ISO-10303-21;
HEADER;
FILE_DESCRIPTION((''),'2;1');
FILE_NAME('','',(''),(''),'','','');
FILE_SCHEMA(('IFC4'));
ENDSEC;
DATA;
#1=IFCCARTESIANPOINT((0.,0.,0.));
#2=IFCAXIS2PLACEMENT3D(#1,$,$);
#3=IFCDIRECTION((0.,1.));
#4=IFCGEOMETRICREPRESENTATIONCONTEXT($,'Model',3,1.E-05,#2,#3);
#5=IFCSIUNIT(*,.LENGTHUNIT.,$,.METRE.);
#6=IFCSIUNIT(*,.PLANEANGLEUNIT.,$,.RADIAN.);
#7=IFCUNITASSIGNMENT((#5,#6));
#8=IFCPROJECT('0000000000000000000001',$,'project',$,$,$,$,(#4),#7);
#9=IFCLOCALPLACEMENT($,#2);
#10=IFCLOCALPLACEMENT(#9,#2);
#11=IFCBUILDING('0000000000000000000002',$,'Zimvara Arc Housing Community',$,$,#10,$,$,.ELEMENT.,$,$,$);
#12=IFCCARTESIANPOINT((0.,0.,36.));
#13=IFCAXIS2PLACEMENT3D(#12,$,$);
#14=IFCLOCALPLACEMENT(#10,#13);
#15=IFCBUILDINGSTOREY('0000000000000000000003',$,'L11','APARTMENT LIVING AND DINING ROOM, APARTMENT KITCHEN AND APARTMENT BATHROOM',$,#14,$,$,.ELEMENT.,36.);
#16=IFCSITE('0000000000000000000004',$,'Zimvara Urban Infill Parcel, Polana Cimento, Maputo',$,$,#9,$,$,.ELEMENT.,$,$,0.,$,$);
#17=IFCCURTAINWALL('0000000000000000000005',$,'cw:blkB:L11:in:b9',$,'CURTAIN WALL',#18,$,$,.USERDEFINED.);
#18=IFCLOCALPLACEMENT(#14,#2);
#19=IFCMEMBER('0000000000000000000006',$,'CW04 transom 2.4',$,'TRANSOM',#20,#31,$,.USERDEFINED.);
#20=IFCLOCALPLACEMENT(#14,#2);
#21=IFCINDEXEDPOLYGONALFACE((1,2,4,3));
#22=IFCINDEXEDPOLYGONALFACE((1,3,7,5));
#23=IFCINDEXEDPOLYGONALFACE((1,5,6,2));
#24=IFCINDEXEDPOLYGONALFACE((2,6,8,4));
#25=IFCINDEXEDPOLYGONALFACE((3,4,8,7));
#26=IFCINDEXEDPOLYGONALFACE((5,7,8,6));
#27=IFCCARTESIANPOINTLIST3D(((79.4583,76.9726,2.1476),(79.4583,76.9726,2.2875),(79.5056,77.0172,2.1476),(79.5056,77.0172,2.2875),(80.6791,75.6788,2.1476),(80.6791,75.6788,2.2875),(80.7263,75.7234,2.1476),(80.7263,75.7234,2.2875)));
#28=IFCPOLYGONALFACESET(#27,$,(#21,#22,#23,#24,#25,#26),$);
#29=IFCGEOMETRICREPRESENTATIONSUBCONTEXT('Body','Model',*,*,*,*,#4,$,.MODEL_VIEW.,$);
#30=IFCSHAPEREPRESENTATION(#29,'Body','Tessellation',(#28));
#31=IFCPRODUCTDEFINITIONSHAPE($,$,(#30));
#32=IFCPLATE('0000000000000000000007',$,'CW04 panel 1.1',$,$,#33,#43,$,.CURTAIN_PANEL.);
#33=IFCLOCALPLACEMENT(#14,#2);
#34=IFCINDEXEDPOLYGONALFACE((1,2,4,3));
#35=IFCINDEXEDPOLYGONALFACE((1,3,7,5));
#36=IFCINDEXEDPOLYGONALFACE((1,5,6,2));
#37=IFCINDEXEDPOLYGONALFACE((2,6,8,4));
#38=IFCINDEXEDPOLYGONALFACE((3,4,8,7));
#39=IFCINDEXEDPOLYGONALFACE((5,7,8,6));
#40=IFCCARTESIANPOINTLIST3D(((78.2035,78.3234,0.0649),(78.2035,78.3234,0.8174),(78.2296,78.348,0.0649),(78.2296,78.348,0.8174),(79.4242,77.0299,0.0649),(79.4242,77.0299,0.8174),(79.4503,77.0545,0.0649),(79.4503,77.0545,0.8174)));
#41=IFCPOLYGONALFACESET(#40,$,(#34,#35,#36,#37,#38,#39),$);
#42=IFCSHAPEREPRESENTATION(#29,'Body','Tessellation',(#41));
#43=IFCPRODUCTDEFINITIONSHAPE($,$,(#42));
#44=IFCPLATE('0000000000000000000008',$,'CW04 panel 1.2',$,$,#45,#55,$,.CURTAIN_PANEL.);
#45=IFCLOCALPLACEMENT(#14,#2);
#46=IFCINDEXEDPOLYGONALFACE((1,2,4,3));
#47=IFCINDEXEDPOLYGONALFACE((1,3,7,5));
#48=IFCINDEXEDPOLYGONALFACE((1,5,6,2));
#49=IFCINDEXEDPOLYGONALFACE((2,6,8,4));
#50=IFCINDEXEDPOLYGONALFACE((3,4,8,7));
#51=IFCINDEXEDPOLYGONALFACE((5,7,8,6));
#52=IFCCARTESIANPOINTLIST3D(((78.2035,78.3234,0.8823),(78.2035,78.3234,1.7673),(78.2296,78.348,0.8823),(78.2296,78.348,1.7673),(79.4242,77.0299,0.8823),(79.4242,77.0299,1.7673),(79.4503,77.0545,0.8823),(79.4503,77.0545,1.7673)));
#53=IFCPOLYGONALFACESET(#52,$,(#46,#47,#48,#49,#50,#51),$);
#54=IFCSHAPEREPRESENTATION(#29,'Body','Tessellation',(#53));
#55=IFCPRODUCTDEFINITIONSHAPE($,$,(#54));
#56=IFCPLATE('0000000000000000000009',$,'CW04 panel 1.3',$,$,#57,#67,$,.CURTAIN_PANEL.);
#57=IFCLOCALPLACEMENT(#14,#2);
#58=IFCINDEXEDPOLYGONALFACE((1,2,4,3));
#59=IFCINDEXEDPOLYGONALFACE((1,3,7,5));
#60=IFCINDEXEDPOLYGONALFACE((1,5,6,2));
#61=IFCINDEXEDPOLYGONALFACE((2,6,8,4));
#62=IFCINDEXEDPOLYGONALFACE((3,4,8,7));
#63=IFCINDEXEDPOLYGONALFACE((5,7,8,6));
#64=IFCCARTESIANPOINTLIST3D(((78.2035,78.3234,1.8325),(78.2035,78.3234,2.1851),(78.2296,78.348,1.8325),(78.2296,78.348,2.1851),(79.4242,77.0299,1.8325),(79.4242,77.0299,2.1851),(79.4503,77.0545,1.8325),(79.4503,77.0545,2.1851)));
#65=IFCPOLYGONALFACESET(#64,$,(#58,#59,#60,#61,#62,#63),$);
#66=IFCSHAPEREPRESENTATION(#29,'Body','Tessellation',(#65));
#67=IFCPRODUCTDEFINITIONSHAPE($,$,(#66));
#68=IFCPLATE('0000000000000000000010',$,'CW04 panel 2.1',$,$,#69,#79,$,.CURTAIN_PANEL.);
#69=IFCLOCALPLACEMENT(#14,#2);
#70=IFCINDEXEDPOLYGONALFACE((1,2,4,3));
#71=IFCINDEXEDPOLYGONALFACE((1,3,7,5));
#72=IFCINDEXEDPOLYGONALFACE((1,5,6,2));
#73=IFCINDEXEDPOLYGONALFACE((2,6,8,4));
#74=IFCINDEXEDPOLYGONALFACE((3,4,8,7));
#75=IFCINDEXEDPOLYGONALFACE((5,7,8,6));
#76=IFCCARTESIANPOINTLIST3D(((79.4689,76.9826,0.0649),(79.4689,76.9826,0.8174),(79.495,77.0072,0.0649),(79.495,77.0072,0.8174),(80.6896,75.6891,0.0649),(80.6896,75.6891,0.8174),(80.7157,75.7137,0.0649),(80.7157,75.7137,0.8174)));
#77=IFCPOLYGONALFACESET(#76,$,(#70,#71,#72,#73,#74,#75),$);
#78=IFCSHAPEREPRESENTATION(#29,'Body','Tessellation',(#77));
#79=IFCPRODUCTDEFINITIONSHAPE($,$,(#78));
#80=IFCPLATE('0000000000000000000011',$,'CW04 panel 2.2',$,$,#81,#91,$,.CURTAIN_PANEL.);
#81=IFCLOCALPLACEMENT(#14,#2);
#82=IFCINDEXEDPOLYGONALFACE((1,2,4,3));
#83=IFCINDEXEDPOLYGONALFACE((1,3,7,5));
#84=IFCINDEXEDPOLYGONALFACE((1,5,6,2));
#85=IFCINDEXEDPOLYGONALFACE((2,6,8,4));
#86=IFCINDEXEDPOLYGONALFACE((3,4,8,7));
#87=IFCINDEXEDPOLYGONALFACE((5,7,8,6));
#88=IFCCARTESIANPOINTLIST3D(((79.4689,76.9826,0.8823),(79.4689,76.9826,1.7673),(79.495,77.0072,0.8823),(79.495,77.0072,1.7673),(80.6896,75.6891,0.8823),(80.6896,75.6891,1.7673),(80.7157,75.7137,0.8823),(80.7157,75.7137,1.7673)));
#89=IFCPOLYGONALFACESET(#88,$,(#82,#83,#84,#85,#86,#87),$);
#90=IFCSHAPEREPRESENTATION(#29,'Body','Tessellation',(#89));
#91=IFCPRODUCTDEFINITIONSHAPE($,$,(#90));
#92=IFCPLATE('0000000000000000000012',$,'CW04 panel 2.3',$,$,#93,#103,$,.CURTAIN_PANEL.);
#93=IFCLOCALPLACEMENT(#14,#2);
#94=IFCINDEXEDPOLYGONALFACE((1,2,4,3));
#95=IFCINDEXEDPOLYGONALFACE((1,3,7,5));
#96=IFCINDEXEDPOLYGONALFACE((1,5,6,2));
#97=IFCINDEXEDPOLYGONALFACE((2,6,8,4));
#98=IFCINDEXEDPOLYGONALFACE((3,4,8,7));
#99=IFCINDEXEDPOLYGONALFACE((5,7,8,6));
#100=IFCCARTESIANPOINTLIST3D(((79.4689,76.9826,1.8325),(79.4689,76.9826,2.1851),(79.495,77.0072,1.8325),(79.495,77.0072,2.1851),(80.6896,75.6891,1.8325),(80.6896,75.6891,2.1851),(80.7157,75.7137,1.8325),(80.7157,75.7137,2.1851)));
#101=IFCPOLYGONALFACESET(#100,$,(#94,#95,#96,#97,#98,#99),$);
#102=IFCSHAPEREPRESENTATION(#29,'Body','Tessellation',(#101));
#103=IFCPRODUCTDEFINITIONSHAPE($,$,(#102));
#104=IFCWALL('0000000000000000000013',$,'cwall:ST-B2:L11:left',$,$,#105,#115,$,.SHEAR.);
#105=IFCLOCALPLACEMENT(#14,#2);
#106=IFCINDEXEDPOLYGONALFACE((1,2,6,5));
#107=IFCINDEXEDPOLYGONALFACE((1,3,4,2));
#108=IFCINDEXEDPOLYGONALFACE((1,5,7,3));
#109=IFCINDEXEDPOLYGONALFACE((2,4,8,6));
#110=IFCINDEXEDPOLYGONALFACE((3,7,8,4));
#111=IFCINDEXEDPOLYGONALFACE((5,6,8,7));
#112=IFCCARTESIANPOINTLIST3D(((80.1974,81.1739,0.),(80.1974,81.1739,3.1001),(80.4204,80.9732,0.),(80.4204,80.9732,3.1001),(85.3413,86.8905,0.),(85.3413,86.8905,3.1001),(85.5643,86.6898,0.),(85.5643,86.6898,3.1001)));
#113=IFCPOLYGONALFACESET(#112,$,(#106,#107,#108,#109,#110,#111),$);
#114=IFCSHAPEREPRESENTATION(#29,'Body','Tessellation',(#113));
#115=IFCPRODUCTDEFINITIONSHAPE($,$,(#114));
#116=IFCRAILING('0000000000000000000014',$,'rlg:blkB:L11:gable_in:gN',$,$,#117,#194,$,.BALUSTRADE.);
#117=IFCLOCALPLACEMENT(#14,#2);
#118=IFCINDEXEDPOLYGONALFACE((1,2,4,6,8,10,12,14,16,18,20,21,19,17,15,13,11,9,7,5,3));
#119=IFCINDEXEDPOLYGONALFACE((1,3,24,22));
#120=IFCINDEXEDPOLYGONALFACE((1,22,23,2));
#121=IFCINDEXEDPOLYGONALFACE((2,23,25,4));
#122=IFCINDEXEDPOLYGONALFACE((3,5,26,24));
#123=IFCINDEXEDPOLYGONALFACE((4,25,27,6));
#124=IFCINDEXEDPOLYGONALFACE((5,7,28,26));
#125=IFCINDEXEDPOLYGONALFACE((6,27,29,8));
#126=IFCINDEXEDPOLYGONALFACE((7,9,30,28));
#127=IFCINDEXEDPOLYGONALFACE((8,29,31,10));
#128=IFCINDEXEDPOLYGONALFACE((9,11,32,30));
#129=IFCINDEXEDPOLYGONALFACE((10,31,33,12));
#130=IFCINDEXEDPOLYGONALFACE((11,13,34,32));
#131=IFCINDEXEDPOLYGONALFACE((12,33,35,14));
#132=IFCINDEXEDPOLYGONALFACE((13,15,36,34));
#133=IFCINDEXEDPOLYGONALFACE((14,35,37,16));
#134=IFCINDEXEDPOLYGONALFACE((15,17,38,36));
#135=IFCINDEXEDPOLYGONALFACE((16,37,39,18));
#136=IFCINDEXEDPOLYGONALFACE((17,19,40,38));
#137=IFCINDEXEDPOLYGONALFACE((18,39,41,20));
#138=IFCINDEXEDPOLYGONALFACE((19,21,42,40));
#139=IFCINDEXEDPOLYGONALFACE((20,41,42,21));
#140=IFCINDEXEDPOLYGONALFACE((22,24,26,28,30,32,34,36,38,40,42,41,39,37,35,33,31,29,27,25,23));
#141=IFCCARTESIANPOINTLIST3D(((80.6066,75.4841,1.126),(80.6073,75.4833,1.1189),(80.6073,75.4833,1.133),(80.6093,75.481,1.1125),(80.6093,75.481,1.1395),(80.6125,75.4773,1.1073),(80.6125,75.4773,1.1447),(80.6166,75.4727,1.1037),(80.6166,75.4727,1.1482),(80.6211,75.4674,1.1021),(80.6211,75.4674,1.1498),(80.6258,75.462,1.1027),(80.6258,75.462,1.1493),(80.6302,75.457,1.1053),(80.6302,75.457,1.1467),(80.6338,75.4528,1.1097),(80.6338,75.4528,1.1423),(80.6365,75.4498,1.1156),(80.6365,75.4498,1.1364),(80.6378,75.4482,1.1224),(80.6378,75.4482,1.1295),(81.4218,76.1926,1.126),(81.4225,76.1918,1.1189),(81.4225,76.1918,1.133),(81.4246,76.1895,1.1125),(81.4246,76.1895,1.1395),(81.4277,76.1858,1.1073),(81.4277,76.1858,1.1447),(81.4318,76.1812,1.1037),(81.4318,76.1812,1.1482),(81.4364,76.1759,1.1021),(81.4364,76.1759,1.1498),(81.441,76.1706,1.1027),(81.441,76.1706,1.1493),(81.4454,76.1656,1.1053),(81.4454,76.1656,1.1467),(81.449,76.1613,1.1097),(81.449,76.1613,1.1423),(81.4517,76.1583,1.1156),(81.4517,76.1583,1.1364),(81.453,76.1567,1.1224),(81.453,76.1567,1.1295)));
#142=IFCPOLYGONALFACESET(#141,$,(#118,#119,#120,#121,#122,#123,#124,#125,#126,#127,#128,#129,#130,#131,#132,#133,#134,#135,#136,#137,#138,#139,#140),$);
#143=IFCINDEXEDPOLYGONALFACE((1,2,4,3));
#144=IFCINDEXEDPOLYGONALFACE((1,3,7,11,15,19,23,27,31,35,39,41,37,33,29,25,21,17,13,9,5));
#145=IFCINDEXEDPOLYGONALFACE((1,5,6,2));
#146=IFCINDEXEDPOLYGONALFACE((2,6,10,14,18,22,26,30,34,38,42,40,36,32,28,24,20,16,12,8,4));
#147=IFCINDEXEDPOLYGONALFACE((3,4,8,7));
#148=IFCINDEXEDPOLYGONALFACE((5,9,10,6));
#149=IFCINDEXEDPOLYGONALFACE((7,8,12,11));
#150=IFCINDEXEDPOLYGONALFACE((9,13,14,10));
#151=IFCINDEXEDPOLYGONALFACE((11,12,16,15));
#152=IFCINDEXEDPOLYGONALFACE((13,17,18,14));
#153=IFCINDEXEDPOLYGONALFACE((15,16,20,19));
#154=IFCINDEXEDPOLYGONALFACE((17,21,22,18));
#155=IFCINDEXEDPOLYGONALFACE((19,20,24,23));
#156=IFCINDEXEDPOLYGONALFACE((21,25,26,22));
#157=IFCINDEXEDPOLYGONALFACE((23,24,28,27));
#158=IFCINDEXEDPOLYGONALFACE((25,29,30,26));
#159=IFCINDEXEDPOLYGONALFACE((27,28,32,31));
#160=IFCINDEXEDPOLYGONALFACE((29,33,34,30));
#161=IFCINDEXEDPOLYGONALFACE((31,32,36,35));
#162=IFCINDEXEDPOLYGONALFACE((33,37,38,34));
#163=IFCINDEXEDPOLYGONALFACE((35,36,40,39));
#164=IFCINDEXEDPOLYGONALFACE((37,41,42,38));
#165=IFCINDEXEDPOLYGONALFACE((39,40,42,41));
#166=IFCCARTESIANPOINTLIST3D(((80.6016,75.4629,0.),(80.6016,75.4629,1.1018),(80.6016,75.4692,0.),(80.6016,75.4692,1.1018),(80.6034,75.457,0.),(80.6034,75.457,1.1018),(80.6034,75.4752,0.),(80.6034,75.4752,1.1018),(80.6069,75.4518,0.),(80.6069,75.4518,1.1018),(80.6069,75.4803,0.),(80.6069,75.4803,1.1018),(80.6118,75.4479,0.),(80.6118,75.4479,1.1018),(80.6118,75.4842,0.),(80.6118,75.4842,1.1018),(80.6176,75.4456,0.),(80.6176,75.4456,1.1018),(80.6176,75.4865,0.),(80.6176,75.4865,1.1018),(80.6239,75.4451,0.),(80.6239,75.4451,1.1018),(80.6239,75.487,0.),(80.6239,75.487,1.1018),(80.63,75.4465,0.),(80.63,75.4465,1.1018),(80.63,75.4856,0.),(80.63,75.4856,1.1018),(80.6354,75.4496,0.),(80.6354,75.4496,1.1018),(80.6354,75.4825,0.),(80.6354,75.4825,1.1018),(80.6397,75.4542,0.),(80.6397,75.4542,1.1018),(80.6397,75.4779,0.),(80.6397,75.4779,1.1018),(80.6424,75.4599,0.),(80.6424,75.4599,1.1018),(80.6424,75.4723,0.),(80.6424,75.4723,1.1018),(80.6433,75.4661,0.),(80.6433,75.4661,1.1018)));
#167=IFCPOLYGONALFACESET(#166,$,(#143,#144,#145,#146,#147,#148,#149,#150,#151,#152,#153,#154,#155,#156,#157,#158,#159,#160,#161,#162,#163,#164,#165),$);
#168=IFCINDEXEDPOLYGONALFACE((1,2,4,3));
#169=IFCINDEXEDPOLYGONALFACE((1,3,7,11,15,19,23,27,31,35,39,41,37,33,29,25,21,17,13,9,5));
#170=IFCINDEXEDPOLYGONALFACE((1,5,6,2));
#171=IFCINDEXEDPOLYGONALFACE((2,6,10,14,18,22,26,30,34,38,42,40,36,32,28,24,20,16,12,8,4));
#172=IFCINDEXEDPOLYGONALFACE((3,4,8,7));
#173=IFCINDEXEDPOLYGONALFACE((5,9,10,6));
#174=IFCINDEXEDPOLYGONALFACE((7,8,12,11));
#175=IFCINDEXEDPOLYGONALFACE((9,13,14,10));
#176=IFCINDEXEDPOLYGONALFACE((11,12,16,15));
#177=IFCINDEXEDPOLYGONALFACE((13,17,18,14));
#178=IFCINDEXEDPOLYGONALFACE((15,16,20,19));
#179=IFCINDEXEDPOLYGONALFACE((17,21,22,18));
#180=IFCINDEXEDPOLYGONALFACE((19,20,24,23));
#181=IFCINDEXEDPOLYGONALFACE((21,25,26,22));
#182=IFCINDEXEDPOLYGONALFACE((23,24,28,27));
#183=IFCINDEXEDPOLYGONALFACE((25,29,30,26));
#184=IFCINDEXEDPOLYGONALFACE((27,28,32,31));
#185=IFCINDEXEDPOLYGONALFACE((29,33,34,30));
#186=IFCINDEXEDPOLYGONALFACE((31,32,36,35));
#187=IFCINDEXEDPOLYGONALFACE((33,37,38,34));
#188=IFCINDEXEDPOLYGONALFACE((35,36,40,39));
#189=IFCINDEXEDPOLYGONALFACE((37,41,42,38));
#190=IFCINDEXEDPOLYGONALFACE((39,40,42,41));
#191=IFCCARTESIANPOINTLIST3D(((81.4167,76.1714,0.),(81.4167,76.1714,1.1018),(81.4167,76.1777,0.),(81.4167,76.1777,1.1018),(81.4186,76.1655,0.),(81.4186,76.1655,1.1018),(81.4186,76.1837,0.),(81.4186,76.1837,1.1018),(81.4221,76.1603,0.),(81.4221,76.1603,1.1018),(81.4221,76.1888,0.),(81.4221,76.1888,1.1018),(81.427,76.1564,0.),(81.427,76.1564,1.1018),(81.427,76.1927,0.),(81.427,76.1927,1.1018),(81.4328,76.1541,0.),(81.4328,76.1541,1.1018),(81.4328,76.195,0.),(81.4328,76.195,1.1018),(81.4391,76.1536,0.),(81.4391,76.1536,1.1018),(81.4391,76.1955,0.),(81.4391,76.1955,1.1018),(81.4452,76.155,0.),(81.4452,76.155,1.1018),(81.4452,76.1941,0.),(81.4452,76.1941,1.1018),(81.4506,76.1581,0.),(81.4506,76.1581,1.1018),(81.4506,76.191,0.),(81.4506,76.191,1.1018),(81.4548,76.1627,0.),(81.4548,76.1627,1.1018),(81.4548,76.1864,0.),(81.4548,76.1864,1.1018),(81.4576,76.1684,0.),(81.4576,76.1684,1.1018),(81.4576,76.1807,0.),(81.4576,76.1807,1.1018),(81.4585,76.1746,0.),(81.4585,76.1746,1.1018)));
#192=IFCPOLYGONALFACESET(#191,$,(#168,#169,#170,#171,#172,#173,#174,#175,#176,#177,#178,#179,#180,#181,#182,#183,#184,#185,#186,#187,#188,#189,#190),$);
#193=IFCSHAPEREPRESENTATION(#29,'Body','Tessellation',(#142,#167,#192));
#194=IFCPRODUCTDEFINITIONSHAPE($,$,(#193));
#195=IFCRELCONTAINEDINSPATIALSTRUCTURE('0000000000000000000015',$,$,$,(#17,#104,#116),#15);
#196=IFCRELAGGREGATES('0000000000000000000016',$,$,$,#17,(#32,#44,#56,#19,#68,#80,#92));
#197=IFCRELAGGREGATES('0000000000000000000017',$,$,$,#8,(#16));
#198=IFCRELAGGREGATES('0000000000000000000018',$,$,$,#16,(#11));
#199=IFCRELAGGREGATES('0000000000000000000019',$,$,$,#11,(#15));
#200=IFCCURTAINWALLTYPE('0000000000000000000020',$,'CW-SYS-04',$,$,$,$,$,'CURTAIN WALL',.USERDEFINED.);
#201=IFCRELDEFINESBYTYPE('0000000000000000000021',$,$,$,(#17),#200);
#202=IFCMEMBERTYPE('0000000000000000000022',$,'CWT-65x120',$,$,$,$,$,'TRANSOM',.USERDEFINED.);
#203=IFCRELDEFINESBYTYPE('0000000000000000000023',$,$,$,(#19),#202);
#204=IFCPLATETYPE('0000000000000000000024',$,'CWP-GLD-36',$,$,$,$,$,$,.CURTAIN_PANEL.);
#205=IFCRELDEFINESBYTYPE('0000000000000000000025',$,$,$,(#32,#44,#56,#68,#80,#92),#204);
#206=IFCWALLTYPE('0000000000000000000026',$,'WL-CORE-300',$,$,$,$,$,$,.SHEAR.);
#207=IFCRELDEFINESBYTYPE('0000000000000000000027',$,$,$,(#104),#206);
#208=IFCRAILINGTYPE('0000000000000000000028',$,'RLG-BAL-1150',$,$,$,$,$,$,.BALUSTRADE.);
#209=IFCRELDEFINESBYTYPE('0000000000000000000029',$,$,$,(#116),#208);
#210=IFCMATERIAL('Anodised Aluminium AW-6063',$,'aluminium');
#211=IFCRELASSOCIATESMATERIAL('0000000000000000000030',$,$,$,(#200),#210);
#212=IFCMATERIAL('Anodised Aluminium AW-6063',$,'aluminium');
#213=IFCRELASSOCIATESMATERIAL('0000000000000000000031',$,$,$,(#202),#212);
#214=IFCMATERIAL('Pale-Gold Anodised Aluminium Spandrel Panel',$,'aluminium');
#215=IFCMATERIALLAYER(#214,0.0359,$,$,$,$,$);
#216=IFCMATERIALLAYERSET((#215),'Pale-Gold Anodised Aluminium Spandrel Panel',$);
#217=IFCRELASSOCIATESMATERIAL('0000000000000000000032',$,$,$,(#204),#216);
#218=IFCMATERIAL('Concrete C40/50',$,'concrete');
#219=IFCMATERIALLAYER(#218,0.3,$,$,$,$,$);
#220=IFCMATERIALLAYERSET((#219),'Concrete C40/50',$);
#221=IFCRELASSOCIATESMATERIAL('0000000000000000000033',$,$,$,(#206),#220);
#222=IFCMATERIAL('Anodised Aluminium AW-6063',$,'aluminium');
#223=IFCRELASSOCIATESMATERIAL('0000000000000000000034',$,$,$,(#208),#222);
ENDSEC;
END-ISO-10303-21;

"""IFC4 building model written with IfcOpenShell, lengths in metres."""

from ifc_helpers import new_model, si_unit, direction, frame, frame_2d, origin, origin_2d, place, context, subcontext, project, spatial, rectangle, circle, extrude, material, layer, layer_set, material_profile, profile_set, type_object, element, aggregate, save


model = new_model("IFC4")

# Units and contexts
model_context = context("Model", 3, precision=1e-05, world=origin(), true_north=direction((0.0, 1.0)))
body_context = subcontext(model_context, "Body", "Model", "MODEL_VIEW")
ifc_project = project(units=[si_unit("LENGTHUNIT", "METRE"), si_unit("PLANEANGLEUNIT", "RADIAN")], contexts=[model_context])

# Site, building, storey
site_placement = place(None, origin())
site = spatial("IfcSite", under=ifc_project, at=site_placement, Name="Zimvara Urban Infill Parcel, Polana Cimento, Maputo", CompositionType="ELEMENT", RefElevation=0.0)
building_placement = place(site_placement, origin())
building = spatial("IfcBuilding", under=site, at=building_placement, Name="Zimvara Arc Housing Community", CompositionType="ELEMENT")
storey_placement = place(building_placement, frame((0.0, 0.0, 36.0)))
storey = spatial("IfcBuildingStorey", under=building, at=storey_placement, Name="L11", Description="APARTMENT LIVING AND DINING ROOM, APARTMENT KITCHEN AND APARTMENT BATHROOM", CompositionType="ELEMENT", Elevation=36.0)

# Curtain wall, member, plates
ifc_material_1 = material(Name="Anodised Aluminium AW-6063", Category="aluminium")
curtain_wall_type = type_object("IfcCurtainWallType", Name="CW-SYS-04", ElementType="CURTAIN WALL", PredefinedType="USERDEFINED", material=ifc_material_1)
curtain_wall_placement = place(storey_placement, origin())
curtain_wall = element("IfcCurtainWall", 1, at=curtain_wall_placement, inside=storey, type_object=curtain_wall_type, Name="cw:blkB:L11:in:b9", ObjectType="CURTAIN WALL", PredefinedType="USERDEFINED")
ifc_material_2 = material(Name="Anodised Aluminium AW-6063", Category="aluminium")
ifc_material_profile_1 = material_profile(ifc_material_2, rectangle(XDim=0.0649, YDim=0.1399, at=origin_2d()), Name="ALU 65x140")
ifc_profile_set_1 = profile_set([ifc_material_profile_1], Name="Anodised Aluminium AW-6063")
member_type_1 = type_object("IfcMemberType", Name="CWT-65x120", ElementType="TRANSOM", PredefinedType="USERDEFINED", material=ifc_profile_set_1)
member_1_placement = place(storey_placement, frame((79.4819, 76.9949, 2.2175), z_axis=(0.686289, -0.727329, 0.0), x_axis=(0.727329, 0.686289, 0.0)))
member_1 = element("IfcMember", 2, at=member_1_placement, type_object=member_type_1, Name="CW04 transom 2.4", ObjectType="TRANSOM", PredefinedType="USERDEFINED", context=body_context, shape_type="SweptSolid", body=[
    extrude(rectangle(XDim=0.0649, YDim=0.1399, at=origin_2d()), origin(), (0.0, 0.0, 1.0), 1.7788),
])
ifc_material_3 = material(Name="Pale-Gold Anodised Aluminium Spandrel Panel", Category="aluminium")
ifc_layer_1 = layer(ifc_material_3, 0.0359)
ifc_layer_set_1 = layer_set([ifc_layer_1], Name="Pale-Gold Anodised Aluminium Spandrel Panel")
plate_type = type_object("IfcPlateType", Name="CWP-GLD-36", PredefinedType="CURTAIN_PANEL", material=ifc_layer_set_1)
plate_1_placement = place(storey_placement, frame((78.8269, 77.689, 0.0649), z_axis=(0.0, 0.0, 1.0), x_axis=(0.686326, -0.727294, 0.0)))
plate_1 = element("IfcPlate", 3, at=plate_1_placement, type_object=plate_type, Name="CW04 panel 1.1", PredefinedType="CURTAIN_PANEL", context=body_context, shape_type="SweptSolid", body=[
    extrude(rectangle(XDim=1.7786, YDim=0.0359, at=origin_2d()), origin(), (0.0, 0.0, 1.0), 0.7524),
])
plate_2_placement = place(storey_placement, frame((78.8269, 77.689, 0.8823), z_axis=(0.0, 0.0, 1.0), x_axis=(0.686326, -0.727294, 0.0)))
plate_2 = element("IfcPlate", 4, at=plate_2_placement, type_object=plate_type, Name="CW04 panel 1.2", PredefinedType="CURTAIN_PANEL", context=body_context, shape_type="SweptSolid", body=[
    extrude(rectangle(XDim=1.7786, YDim=0.0359, at=origin_2d()), origin(), (0.0, 0.0, 1.0), 0.885),
])
plate_3_placement = place(storey_placement, frame((78.8269, 77.689, 1.8325), z_axis=(0.0, 0.0, 1.0), x_axis=(0.686326, -0.727294, 0.0)))
plate_3 = element("IfcPlate", 5, at=plate_3_placement, type_object=plate_type, Name="CW04 panel 1.3", PredefinedType="CURTAIN_PANEL", context=body_context, shape_type="SweptSolid", body=[
    extrude(rectangle(XDim=1.7786, YDim=0.0359, at=origin_2d()), origin(), (0.0, 0.0, 1.0), 0.3525),
])
plate_4_placement = place(storey_placement, frame((80.0923, 76.3481, 0.0649), z_axis=(0.0, 0.0, 1.0), x_axis=(0.686326, -0.727294, 0.0)))
plate_4 = element("IfcPlate", 6, at=plate_4_placement, type_object=plate_type, Name="CW04 panel 2.1", PredefinedType="CURTAIN_PANEL", context=body_context, shape_type="SweptSolid", body=[
    extrude(rectangle(XDim=1.7786, YDim=0.0359, at=origin_2d()), origin(), (0.0, 0.0, 1.0), 0.7524),
])
plate_5_placement = place(storey_placement, frame((80.0923, 76.3481, 0.8823), z_axis=(0.0, 0.0, 1.0), x_axis=(0.686326, -0.727294, 0.0)))
plate_5 = element("IfcPlate", 7, at=plate_5_placement, type_object=plate_type, Name="CW04 panel 2.2", PredefinedType="CURTAIN_PANEL", context=body_context, shape_type="SweptSolid", body=[
    extrude(rectangle(XDim=1.7786, YDim=0.0359, at=origin_2d()), origin(), (0.0, 0.0, 1.0), 0.885),
])
plate_6_placement = place(storey_placement, frame((80.0923, 76.3481, 1.8325), z_axis=(0.0, 0.0, 1.0), x_axis=(0.686326, -0.727294, 0.0)))
plate_6 = element("IfcPlate", 8, at=plate_6_placement, type_object=plate_type, Name="CW04 panel 2.3", PredefinedType="CURTAIN_PANEL", context=body_context, shape_type="SweptSolid", body=[
    extrude(rectangle(XDim=1.7786, YDim=0.0359, at=origin_2d()), origin(), (0.0, 0.0, 1.0), 0.3525),
])
aggregate(curtain_wall, [plate_1, plate_2, plate_3, member_1, plate_4, plate_5, plate_6])

# Shared definitions
ifc_material_4 = material(Name="Concrete C40/50", Category="concrete")
ifc_layer_2 = layer(ifc_material_4, 0.3)
ifc_layer_set_2 = layer_set([ifc_layer_2], Name="Concrete C40/50")
wall_type_1 = type_object("IfcWallType", Name="WL-CORE-300", PredefinedType="SHEAR", material=ifc_layer_set_2)

# Wall
wall_1_placement = place(storey_placement, frame((80.3088, 81.0735, 0.0), z_axis=(0.0, 0.0, 1.0), x_axis=(0.668886, 0.743365, 0.0)))
element("IfcWall", 9, at=wall_1_placement, inside=storey, type_object=wall_type_1, Name="cwall:ST-B2:L11:left", PredefinedType="SHEAR", context=body_context, shape_type="SweptSolid", body=[
    extrude(rectangle(XDim=7.6902, YDim=0.3, at=frame_2d((3.8452, 0.0))), origin(), (0.0, 0.0, 1.0), 3.1001),
])

# Railing
ifc_material_5 = material(Name="Anodised Aluminium AW-6063", Category="aluminium")
railing_type = type_object("IfcRailingType", Name="RLG-BAL-1150", PredefinedType="BALUSTRADE", material=ifc_material_5)
railing_placement = place(storey_placement, frame((80.6223, 75.4661, 0.0)))
element("IfcRailing", 10, at=railing_placement, inside=storey, type_object=railing_type, Name="rlg:blkB:L11:gable_in:gN", PredefinedType="BALUSTRADE", context=body_context, shape_type="SweptSolid", body=[
    extrude(circle(Radius=0.0239, at=origin_2d()), frame((0.0, 0.0, 1.126), z_axis=(0.754771, 0.655988, 0.0), x_axis=(-0.655988, 0.754771, 0.0)), (0.0, 0.0, 1.0), 1.0801),
    extrude(circle(Radius=0.021, at=origin_2d()), origin(), (0.0, 0.0, 1.0), 1.1018),
    extrude(circle(Radius=0.021, at=origin_2d()), frame((0.8152, 0.7085, 0.0)), (0.0, 0.0, 1.0), 1.1018),
])

save(model, "model.ifc")
